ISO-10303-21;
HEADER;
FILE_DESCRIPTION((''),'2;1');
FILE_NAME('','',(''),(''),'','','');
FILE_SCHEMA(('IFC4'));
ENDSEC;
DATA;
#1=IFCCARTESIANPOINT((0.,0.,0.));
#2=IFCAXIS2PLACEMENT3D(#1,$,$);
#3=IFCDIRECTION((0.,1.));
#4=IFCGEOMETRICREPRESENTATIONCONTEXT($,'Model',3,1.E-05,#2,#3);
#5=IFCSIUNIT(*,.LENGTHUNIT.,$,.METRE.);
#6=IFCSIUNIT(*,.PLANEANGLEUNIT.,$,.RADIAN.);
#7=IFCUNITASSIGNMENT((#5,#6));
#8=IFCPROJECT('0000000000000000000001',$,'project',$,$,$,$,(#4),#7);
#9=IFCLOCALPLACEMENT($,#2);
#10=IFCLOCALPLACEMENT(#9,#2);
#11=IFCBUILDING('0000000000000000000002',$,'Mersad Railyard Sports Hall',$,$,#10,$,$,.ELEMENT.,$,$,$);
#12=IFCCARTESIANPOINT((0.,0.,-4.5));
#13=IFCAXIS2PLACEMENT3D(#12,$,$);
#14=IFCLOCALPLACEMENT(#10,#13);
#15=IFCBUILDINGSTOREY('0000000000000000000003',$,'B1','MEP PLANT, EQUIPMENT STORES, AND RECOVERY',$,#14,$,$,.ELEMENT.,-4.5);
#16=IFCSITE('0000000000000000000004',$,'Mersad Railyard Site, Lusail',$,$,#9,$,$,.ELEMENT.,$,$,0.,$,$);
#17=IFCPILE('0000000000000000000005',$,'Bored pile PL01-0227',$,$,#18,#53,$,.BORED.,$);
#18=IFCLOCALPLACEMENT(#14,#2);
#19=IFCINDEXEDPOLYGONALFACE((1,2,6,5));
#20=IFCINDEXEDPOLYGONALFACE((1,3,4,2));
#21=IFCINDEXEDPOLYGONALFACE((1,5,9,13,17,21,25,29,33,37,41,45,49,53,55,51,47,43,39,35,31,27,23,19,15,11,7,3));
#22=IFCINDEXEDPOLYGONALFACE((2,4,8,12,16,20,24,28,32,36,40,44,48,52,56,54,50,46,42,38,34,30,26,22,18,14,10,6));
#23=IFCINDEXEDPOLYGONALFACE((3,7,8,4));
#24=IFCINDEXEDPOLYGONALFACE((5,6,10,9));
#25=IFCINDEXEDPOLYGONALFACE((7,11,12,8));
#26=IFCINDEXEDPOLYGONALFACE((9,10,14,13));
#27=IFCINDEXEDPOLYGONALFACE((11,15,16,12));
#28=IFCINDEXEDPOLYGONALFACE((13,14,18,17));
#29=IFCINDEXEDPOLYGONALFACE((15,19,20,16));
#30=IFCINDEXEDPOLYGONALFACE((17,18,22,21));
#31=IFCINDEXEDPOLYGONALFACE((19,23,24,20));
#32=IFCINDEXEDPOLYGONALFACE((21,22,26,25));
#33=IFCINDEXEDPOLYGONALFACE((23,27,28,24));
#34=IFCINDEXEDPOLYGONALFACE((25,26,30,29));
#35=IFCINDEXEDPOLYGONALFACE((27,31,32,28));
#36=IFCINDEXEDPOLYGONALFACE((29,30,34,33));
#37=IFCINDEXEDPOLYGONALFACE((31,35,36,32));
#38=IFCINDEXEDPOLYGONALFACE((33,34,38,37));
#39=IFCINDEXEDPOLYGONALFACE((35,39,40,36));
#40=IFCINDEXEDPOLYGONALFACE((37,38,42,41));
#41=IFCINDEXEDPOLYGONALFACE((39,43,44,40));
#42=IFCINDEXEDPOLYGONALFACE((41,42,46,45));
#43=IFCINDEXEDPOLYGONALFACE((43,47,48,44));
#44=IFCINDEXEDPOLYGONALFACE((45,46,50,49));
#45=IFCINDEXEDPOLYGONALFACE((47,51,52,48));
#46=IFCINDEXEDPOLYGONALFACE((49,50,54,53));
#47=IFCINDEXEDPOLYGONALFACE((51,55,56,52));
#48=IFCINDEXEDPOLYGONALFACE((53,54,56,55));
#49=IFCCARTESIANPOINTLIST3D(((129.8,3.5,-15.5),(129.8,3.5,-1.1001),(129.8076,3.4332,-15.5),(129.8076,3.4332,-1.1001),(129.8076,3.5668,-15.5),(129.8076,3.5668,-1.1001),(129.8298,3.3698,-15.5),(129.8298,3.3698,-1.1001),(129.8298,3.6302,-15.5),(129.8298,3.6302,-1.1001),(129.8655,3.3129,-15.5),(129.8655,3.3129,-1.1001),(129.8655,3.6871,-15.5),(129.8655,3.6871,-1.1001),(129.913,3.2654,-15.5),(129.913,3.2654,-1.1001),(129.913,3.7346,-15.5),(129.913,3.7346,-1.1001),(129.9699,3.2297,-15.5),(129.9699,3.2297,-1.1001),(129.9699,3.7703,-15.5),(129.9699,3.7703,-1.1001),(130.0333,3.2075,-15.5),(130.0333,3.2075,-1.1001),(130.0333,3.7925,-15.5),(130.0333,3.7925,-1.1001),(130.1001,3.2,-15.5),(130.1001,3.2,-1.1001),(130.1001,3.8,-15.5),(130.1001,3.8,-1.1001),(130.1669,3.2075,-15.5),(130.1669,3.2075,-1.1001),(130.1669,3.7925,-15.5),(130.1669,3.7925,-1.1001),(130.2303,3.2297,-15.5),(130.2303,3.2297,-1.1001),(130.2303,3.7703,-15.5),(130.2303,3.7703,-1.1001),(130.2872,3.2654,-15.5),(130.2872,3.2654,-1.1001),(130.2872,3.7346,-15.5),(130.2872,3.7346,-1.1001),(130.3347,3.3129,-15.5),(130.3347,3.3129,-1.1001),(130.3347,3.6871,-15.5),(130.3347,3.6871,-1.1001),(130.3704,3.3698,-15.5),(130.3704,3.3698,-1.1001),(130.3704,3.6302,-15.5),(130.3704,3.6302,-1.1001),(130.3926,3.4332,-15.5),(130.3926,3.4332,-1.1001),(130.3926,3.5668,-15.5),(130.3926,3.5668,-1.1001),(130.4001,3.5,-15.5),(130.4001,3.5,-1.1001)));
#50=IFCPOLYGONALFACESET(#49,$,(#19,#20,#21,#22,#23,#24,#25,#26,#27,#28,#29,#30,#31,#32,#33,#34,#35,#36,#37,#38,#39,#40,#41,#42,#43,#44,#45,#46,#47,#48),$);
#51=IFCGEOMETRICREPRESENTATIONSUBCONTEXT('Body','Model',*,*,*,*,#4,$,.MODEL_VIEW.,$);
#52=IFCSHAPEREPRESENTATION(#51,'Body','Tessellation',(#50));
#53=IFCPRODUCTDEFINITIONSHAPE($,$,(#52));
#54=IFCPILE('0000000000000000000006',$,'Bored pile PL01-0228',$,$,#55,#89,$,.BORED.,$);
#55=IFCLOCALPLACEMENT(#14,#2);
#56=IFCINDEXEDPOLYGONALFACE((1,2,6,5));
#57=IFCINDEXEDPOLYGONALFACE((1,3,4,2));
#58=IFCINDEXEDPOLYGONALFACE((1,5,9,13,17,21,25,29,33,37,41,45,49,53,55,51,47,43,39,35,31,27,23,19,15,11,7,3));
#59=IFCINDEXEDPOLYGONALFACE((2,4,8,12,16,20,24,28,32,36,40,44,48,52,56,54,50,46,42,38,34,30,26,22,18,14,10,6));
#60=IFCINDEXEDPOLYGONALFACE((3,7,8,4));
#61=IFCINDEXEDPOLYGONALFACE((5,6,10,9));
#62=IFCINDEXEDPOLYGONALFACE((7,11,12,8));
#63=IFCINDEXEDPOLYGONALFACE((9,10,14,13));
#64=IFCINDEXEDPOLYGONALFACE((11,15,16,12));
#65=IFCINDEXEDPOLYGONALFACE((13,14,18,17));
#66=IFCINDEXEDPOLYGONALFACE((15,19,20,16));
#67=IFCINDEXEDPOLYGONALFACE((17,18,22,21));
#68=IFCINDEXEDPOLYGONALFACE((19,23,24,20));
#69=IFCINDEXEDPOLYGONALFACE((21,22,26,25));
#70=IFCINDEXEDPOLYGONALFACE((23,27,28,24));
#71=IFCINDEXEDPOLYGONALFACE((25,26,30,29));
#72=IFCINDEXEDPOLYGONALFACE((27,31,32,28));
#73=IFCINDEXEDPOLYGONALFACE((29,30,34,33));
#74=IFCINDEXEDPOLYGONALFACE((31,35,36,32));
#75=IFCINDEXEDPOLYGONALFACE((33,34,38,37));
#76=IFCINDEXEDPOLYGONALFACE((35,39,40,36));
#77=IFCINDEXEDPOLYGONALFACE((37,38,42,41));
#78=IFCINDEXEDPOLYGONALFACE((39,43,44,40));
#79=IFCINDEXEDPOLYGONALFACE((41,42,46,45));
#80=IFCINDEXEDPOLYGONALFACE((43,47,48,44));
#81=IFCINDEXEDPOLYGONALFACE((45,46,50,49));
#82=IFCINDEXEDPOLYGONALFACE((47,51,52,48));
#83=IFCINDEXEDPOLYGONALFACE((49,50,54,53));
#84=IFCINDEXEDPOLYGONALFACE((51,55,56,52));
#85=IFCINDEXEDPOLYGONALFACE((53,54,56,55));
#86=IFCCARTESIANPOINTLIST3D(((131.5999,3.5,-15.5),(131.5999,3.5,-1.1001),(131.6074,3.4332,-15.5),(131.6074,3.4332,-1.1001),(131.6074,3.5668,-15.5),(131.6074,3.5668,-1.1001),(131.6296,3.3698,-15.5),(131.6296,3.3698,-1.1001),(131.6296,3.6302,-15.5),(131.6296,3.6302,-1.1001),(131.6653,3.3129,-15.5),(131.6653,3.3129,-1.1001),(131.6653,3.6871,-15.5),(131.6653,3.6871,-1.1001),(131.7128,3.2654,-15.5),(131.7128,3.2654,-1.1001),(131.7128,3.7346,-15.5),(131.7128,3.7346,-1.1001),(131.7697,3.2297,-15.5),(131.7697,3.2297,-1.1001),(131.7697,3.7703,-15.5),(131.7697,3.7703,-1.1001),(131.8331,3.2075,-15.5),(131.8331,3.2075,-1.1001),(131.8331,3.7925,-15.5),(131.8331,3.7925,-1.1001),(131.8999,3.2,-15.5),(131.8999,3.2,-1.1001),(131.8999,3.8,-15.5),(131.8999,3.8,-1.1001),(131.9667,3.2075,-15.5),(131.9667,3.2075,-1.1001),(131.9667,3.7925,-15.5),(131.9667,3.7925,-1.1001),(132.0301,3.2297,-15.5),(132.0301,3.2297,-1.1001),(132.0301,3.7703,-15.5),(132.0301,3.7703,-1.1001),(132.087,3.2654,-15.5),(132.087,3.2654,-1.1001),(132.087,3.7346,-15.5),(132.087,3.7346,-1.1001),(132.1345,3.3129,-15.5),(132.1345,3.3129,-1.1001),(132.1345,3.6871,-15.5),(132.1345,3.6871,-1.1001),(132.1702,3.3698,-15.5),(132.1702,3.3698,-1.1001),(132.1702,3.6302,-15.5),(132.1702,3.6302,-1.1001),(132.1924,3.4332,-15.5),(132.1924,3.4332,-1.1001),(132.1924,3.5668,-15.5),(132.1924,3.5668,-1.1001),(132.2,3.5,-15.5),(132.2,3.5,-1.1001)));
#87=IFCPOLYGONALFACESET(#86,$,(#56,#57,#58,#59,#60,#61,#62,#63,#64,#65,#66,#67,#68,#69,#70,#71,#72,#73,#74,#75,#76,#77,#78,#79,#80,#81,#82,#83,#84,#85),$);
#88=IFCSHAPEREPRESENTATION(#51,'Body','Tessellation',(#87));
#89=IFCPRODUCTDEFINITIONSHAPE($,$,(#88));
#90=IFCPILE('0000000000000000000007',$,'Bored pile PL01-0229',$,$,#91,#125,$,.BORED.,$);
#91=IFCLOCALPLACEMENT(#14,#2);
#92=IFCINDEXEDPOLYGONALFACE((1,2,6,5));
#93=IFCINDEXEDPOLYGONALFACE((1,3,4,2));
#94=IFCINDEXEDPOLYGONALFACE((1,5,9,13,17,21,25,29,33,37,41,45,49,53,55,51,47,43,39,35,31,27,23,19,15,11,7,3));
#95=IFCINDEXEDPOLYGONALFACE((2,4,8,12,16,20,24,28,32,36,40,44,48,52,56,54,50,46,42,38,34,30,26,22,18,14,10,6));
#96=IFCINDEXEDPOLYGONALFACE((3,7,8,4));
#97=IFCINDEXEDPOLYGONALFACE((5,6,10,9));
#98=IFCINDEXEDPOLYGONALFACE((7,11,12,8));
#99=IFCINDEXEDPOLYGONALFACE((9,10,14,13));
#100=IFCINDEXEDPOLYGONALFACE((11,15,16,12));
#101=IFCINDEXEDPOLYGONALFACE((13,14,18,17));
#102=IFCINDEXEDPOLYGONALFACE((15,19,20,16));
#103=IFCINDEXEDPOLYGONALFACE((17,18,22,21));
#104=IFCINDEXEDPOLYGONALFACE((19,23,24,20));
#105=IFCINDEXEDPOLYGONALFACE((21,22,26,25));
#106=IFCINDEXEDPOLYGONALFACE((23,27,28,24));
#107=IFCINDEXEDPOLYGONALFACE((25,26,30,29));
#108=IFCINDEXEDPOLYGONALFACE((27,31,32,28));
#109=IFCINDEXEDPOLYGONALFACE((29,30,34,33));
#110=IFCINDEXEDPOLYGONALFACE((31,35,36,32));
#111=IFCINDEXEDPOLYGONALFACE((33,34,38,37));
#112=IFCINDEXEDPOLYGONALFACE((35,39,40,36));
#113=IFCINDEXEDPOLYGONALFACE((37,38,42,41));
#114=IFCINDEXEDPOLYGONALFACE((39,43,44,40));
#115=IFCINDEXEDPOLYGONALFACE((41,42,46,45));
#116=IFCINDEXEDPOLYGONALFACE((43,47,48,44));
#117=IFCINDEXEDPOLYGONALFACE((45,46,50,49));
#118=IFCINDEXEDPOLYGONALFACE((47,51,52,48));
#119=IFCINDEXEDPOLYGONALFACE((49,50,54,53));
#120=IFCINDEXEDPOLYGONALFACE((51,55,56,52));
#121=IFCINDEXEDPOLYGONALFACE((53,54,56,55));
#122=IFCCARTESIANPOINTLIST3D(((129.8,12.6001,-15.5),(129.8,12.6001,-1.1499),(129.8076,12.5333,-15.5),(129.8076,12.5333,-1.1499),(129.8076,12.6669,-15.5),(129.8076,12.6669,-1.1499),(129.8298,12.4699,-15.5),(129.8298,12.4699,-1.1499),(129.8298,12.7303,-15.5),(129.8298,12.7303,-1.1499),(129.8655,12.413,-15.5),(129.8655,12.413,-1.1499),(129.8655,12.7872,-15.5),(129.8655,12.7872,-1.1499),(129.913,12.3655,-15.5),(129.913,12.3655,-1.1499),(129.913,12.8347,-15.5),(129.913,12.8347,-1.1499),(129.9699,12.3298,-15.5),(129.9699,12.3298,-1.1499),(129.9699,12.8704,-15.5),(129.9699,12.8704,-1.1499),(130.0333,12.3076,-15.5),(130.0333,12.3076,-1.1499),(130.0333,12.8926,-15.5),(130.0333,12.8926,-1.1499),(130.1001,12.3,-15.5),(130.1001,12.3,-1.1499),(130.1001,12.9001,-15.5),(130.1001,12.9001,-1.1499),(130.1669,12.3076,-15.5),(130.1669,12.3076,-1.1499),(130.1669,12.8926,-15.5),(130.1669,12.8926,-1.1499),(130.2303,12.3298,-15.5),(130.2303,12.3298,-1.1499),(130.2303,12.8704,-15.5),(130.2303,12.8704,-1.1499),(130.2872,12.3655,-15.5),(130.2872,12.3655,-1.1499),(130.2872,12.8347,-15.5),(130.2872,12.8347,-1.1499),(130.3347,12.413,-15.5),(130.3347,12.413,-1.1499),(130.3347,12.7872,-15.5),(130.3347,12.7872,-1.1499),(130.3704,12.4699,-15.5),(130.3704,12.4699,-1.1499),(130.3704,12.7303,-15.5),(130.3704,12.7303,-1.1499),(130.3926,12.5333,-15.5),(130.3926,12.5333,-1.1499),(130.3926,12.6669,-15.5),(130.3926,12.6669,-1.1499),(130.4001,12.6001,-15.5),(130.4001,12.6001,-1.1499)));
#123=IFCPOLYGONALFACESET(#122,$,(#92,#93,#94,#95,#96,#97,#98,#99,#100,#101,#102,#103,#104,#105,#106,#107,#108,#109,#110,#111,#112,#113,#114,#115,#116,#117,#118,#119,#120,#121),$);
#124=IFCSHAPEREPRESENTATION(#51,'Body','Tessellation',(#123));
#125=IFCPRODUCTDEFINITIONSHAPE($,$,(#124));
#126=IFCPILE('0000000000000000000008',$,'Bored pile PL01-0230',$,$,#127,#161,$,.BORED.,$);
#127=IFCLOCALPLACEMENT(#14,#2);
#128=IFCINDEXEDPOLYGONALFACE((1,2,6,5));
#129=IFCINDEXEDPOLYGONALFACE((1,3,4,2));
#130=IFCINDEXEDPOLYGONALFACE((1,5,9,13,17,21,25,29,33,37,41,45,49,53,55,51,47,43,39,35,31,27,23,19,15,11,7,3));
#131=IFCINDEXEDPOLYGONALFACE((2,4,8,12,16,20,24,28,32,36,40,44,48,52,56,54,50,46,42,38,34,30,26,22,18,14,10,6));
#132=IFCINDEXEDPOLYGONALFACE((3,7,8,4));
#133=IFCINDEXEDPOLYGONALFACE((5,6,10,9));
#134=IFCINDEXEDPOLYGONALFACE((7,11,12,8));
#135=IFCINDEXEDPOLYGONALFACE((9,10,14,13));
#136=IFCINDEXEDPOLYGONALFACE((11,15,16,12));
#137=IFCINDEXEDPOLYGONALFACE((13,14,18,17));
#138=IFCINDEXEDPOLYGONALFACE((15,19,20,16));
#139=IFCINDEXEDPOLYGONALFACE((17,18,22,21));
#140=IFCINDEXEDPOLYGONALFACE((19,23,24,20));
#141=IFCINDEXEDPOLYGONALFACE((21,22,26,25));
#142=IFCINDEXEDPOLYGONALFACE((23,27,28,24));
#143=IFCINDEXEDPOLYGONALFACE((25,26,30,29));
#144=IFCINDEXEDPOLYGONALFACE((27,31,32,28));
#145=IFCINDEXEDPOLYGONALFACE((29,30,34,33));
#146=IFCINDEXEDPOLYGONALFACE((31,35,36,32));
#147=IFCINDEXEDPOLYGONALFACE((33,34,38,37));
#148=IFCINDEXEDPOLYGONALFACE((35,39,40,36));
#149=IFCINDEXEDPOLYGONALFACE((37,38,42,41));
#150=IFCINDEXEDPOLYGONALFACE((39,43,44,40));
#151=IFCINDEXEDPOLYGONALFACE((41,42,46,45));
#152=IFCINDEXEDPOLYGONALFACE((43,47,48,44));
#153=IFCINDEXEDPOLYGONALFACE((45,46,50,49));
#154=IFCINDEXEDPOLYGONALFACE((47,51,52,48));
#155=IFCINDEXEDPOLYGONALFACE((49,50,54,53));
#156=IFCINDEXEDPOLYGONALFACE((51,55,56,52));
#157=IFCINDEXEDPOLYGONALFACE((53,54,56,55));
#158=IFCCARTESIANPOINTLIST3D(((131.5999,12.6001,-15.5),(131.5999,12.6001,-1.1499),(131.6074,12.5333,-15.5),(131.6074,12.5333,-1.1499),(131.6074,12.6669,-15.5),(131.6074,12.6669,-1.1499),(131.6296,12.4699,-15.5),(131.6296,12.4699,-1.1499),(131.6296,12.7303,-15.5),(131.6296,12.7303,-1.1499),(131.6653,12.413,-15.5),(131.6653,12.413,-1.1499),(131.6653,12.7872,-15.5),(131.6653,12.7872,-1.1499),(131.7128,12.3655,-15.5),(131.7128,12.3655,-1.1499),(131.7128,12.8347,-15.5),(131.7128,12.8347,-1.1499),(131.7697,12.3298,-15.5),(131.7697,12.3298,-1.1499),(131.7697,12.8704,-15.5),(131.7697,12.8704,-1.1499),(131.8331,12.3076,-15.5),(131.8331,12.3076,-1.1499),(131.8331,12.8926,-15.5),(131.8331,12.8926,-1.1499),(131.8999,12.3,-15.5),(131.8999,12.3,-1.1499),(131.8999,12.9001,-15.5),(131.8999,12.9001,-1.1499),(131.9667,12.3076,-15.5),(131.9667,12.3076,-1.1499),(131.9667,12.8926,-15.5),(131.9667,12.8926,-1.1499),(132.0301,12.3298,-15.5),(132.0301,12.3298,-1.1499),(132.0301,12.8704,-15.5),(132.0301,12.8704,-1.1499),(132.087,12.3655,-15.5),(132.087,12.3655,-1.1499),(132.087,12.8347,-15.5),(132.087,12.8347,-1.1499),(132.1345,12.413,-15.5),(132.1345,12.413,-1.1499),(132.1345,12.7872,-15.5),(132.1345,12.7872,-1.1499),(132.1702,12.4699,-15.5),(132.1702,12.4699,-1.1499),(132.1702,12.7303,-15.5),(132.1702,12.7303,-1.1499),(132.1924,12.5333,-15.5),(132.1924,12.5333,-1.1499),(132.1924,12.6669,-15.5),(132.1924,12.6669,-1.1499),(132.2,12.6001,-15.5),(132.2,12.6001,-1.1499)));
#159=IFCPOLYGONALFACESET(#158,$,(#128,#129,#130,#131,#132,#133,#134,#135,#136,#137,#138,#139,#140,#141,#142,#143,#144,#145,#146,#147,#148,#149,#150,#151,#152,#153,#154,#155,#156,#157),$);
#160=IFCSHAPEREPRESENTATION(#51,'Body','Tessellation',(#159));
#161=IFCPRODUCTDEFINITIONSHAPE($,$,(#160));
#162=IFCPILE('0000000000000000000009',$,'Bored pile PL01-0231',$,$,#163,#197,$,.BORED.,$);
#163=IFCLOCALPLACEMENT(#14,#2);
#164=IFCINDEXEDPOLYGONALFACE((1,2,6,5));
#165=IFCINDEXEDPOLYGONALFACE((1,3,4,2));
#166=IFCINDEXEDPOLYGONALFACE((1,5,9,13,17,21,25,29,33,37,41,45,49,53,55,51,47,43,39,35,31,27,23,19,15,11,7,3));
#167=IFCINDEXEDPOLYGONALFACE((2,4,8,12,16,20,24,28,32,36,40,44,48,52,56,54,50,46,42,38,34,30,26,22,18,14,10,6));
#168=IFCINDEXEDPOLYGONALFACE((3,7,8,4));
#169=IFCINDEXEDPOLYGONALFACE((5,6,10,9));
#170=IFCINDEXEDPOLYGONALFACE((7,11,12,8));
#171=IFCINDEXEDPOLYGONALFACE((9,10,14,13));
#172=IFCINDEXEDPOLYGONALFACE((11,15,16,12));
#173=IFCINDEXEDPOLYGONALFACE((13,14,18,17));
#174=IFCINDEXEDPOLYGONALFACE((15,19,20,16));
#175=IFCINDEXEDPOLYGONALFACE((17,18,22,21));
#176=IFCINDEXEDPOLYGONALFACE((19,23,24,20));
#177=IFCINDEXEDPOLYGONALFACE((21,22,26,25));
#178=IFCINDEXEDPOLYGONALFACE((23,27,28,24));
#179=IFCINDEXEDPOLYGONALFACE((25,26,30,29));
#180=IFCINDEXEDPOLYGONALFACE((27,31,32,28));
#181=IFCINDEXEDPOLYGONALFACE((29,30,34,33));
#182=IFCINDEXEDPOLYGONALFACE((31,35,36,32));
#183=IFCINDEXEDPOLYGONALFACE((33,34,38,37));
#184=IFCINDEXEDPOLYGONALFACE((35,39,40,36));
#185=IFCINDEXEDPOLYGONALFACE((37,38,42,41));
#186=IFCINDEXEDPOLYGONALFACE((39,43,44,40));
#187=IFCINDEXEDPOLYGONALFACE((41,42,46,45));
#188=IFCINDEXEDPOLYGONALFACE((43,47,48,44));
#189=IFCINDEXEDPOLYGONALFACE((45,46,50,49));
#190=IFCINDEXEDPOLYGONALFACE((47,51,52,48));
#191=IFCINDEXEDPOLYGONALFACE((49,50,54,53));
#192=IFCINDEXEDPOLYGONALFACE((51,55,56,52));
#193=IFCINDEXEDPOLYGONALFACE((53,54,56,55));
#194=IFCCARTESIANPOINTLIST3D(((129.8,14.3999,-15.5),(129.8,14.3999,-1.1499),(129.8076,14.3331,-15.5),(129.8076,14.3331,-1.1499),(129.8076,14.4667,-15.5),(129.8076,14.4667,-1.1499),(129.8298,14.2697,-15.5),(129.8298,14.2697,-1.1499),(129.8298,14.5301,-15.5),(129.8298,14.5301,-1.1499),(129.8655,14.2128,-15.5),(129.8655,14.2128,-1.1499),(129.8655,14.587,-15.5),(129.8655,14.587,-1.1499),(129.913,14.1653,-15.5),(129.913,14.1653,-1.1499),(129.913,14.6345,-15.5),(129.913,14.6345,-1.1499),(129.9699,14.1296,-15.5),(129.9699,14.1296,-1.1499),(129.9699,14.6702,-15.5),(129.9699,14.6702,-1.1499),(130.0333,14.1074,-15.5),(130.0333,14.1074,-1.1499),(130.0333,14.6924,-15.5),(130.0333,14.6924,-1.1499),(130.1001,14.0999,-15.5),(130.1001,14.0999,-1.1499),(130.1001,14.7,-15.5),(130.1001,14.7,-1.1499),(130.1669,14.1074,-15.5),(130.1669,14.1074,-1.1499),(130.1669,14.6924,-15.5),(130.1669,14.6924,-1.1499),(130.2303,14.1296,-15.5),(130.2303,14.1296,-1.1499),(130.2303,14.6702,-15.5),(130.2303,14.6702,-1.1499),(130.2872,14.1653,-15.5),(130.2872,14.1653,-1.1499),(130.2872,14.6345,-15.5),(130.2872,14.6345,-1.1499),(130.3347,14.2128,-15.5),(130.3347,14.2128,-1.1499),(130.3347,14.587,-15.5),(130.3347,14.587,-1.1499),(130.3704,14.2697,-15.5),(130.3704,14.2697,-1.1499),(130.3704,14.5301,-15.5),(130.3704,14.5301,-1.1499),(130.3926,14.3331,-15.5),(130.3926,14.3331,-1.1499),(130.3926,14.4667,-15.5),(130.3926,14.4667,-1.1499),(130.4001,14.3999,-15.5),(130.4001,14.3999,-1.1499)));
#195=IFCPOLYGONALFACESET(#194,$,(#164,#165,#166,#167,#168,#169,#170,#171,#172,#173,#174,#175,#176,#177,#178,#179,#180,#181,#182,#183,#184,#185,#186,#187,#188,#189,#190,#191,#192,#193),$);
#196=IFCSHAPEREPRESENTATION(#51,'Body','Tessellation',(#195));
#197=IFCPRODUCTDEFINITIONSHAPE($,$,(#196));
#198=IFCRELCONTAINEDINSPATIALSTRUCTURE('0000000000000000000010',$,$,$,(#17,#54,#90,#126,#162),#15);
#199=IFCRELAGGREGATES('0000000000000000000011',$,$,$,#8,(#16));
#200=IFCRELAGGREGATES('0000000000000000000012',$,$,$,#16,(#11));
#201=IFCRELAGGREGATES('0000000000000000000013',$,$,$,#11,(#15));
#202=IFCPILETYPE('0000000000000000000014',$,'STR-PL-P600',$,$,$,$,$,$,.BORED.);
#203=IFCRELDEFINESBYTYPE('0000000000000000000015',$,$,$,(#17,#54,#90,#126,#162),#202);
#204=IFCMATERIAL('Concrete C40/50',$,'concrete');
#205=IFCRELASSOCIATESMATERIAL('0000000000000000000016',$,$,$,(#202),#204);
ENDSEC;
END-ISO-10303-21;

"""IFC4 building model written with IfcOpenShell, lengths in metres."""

from ifc_helpers import new_model, si_unit, direction, frame, origin, origin_2d, place, context, subcontext, project, spatial, circle, extrude, material, material_profile, profile_set, type_object, element, save


model = new_model("IFC4")

# Units and contexts
model_context = context("Model", 3, precision=1e-05, world=origin(), true_north=direction((0.0, 1.0)))
body_context = subcontext(model_context, "Body", "Model", "MODEL_VIEW")
ifc_project = project(units=[si_unit("LENGTHUNIT", "METRE"), si_unit("PLANEANGLEUNIT", "RADIAN")], contexts=[model_context])

# Site, building, storey
site_placement = place(None, origin())
site = spatial("IfcSite", under=ifc_project, at=site_placement, Name="Mersad Railyard Site, Lusail", CompositionType="ELEMENT", RefElevation=0.0)
building_placement = place(site_placement, origin())
building = spatial("IfcBuilding", under=site, at=building_placement, Name="Mersad Railyard Sports Hall", CompositionType="ELEMENT")
storey_placement = place(building_placement, frame((0.0, 0.0, -4.5)))
storey = spatial("IfcBuildingStorey", under=building, at=storey_placement, Name="B1", Description="MEP PLANT, EQUIPMENT STORES, AND RECOVERY", CompositionType="ELEMENT", Elevation=-4.5)

# Shared definitions
ifc_material_1 = material(Name="Concrete C40/50", Category="concrete")

# Piles
ifc_material_profile_1 = material_profile(ifc_material_1, circle(Radius=0.3, at=origin_2d()), Name="BORED PILE D600")
ifc_profile_set_1 = profile_set([ifc_material_profile_1], Name="Concrete C40/50")
pile_type_1 = type_object("IfcPileType", Name="STR-PL-P600", PredefinedType="BORED", material=ifc_profile_set_1)
for number, where, z_axis, x_axis, name in (
    (1, (130.1001, 3.5, -1.1001), (0.0, 0.0, -1.0), (1.0, 0.0, 0.0), "Bored pile PL01-0227"),
    (2, (131.8999, 3.5, -1.1001), (0.0, 0.0, -1.0), (1.0, 0.0, 0.0), "Bored pile PL01-0228"),
):
    element("IfcPile", number, at=place(storey_placement, frame(where, z_axis=z_axis, x_axis=x_axis)), inside=storey, type_object=pile_type_1, Name=name, PredefinedType="BORED", context=body_context, shape_type="SweptSolid", body=[
        extrude(circle(Radius=0.3, at=origin_2d()), origin(), (0.0, 0.0, 1.0), 14.3999),
    ])
for number, where, z_axis, x_axis, name in (
    (3, (130.1001, 12.6001, -1.1499), (0.0, 0.0, -1.0), (1.0, 0.0, 0.0), "Bored pile PL01-0229"),
    (4, (131.8999, 12.6001, -1.1499), (0.0, 0.0, -1.0), (1.0, 0.0, 0.0), "Bored pile PL01-0230"),
    (5, (130.1001, 14.3999, -1.1499), (0.0, 0.0, -1.0), (1.0, 0.0, 0.0), "Bored pile PL01-0231"),
):
    element("IfcPile", number, at=place(storey_placement, frame(where, z_axis=z_axis, x_axis=x_axis)), inside=storey, type_object=pile_type_1, Name=name, PredefinedType="BORED", context=body_context, shape_type="SweptSolid", body=[
        extrude(circle(Radius=0.3, at=origin_2d()), origin(), (0.0, 0.0, 1.0), 14.3501),
    ])

save(model, "model.ifc")
